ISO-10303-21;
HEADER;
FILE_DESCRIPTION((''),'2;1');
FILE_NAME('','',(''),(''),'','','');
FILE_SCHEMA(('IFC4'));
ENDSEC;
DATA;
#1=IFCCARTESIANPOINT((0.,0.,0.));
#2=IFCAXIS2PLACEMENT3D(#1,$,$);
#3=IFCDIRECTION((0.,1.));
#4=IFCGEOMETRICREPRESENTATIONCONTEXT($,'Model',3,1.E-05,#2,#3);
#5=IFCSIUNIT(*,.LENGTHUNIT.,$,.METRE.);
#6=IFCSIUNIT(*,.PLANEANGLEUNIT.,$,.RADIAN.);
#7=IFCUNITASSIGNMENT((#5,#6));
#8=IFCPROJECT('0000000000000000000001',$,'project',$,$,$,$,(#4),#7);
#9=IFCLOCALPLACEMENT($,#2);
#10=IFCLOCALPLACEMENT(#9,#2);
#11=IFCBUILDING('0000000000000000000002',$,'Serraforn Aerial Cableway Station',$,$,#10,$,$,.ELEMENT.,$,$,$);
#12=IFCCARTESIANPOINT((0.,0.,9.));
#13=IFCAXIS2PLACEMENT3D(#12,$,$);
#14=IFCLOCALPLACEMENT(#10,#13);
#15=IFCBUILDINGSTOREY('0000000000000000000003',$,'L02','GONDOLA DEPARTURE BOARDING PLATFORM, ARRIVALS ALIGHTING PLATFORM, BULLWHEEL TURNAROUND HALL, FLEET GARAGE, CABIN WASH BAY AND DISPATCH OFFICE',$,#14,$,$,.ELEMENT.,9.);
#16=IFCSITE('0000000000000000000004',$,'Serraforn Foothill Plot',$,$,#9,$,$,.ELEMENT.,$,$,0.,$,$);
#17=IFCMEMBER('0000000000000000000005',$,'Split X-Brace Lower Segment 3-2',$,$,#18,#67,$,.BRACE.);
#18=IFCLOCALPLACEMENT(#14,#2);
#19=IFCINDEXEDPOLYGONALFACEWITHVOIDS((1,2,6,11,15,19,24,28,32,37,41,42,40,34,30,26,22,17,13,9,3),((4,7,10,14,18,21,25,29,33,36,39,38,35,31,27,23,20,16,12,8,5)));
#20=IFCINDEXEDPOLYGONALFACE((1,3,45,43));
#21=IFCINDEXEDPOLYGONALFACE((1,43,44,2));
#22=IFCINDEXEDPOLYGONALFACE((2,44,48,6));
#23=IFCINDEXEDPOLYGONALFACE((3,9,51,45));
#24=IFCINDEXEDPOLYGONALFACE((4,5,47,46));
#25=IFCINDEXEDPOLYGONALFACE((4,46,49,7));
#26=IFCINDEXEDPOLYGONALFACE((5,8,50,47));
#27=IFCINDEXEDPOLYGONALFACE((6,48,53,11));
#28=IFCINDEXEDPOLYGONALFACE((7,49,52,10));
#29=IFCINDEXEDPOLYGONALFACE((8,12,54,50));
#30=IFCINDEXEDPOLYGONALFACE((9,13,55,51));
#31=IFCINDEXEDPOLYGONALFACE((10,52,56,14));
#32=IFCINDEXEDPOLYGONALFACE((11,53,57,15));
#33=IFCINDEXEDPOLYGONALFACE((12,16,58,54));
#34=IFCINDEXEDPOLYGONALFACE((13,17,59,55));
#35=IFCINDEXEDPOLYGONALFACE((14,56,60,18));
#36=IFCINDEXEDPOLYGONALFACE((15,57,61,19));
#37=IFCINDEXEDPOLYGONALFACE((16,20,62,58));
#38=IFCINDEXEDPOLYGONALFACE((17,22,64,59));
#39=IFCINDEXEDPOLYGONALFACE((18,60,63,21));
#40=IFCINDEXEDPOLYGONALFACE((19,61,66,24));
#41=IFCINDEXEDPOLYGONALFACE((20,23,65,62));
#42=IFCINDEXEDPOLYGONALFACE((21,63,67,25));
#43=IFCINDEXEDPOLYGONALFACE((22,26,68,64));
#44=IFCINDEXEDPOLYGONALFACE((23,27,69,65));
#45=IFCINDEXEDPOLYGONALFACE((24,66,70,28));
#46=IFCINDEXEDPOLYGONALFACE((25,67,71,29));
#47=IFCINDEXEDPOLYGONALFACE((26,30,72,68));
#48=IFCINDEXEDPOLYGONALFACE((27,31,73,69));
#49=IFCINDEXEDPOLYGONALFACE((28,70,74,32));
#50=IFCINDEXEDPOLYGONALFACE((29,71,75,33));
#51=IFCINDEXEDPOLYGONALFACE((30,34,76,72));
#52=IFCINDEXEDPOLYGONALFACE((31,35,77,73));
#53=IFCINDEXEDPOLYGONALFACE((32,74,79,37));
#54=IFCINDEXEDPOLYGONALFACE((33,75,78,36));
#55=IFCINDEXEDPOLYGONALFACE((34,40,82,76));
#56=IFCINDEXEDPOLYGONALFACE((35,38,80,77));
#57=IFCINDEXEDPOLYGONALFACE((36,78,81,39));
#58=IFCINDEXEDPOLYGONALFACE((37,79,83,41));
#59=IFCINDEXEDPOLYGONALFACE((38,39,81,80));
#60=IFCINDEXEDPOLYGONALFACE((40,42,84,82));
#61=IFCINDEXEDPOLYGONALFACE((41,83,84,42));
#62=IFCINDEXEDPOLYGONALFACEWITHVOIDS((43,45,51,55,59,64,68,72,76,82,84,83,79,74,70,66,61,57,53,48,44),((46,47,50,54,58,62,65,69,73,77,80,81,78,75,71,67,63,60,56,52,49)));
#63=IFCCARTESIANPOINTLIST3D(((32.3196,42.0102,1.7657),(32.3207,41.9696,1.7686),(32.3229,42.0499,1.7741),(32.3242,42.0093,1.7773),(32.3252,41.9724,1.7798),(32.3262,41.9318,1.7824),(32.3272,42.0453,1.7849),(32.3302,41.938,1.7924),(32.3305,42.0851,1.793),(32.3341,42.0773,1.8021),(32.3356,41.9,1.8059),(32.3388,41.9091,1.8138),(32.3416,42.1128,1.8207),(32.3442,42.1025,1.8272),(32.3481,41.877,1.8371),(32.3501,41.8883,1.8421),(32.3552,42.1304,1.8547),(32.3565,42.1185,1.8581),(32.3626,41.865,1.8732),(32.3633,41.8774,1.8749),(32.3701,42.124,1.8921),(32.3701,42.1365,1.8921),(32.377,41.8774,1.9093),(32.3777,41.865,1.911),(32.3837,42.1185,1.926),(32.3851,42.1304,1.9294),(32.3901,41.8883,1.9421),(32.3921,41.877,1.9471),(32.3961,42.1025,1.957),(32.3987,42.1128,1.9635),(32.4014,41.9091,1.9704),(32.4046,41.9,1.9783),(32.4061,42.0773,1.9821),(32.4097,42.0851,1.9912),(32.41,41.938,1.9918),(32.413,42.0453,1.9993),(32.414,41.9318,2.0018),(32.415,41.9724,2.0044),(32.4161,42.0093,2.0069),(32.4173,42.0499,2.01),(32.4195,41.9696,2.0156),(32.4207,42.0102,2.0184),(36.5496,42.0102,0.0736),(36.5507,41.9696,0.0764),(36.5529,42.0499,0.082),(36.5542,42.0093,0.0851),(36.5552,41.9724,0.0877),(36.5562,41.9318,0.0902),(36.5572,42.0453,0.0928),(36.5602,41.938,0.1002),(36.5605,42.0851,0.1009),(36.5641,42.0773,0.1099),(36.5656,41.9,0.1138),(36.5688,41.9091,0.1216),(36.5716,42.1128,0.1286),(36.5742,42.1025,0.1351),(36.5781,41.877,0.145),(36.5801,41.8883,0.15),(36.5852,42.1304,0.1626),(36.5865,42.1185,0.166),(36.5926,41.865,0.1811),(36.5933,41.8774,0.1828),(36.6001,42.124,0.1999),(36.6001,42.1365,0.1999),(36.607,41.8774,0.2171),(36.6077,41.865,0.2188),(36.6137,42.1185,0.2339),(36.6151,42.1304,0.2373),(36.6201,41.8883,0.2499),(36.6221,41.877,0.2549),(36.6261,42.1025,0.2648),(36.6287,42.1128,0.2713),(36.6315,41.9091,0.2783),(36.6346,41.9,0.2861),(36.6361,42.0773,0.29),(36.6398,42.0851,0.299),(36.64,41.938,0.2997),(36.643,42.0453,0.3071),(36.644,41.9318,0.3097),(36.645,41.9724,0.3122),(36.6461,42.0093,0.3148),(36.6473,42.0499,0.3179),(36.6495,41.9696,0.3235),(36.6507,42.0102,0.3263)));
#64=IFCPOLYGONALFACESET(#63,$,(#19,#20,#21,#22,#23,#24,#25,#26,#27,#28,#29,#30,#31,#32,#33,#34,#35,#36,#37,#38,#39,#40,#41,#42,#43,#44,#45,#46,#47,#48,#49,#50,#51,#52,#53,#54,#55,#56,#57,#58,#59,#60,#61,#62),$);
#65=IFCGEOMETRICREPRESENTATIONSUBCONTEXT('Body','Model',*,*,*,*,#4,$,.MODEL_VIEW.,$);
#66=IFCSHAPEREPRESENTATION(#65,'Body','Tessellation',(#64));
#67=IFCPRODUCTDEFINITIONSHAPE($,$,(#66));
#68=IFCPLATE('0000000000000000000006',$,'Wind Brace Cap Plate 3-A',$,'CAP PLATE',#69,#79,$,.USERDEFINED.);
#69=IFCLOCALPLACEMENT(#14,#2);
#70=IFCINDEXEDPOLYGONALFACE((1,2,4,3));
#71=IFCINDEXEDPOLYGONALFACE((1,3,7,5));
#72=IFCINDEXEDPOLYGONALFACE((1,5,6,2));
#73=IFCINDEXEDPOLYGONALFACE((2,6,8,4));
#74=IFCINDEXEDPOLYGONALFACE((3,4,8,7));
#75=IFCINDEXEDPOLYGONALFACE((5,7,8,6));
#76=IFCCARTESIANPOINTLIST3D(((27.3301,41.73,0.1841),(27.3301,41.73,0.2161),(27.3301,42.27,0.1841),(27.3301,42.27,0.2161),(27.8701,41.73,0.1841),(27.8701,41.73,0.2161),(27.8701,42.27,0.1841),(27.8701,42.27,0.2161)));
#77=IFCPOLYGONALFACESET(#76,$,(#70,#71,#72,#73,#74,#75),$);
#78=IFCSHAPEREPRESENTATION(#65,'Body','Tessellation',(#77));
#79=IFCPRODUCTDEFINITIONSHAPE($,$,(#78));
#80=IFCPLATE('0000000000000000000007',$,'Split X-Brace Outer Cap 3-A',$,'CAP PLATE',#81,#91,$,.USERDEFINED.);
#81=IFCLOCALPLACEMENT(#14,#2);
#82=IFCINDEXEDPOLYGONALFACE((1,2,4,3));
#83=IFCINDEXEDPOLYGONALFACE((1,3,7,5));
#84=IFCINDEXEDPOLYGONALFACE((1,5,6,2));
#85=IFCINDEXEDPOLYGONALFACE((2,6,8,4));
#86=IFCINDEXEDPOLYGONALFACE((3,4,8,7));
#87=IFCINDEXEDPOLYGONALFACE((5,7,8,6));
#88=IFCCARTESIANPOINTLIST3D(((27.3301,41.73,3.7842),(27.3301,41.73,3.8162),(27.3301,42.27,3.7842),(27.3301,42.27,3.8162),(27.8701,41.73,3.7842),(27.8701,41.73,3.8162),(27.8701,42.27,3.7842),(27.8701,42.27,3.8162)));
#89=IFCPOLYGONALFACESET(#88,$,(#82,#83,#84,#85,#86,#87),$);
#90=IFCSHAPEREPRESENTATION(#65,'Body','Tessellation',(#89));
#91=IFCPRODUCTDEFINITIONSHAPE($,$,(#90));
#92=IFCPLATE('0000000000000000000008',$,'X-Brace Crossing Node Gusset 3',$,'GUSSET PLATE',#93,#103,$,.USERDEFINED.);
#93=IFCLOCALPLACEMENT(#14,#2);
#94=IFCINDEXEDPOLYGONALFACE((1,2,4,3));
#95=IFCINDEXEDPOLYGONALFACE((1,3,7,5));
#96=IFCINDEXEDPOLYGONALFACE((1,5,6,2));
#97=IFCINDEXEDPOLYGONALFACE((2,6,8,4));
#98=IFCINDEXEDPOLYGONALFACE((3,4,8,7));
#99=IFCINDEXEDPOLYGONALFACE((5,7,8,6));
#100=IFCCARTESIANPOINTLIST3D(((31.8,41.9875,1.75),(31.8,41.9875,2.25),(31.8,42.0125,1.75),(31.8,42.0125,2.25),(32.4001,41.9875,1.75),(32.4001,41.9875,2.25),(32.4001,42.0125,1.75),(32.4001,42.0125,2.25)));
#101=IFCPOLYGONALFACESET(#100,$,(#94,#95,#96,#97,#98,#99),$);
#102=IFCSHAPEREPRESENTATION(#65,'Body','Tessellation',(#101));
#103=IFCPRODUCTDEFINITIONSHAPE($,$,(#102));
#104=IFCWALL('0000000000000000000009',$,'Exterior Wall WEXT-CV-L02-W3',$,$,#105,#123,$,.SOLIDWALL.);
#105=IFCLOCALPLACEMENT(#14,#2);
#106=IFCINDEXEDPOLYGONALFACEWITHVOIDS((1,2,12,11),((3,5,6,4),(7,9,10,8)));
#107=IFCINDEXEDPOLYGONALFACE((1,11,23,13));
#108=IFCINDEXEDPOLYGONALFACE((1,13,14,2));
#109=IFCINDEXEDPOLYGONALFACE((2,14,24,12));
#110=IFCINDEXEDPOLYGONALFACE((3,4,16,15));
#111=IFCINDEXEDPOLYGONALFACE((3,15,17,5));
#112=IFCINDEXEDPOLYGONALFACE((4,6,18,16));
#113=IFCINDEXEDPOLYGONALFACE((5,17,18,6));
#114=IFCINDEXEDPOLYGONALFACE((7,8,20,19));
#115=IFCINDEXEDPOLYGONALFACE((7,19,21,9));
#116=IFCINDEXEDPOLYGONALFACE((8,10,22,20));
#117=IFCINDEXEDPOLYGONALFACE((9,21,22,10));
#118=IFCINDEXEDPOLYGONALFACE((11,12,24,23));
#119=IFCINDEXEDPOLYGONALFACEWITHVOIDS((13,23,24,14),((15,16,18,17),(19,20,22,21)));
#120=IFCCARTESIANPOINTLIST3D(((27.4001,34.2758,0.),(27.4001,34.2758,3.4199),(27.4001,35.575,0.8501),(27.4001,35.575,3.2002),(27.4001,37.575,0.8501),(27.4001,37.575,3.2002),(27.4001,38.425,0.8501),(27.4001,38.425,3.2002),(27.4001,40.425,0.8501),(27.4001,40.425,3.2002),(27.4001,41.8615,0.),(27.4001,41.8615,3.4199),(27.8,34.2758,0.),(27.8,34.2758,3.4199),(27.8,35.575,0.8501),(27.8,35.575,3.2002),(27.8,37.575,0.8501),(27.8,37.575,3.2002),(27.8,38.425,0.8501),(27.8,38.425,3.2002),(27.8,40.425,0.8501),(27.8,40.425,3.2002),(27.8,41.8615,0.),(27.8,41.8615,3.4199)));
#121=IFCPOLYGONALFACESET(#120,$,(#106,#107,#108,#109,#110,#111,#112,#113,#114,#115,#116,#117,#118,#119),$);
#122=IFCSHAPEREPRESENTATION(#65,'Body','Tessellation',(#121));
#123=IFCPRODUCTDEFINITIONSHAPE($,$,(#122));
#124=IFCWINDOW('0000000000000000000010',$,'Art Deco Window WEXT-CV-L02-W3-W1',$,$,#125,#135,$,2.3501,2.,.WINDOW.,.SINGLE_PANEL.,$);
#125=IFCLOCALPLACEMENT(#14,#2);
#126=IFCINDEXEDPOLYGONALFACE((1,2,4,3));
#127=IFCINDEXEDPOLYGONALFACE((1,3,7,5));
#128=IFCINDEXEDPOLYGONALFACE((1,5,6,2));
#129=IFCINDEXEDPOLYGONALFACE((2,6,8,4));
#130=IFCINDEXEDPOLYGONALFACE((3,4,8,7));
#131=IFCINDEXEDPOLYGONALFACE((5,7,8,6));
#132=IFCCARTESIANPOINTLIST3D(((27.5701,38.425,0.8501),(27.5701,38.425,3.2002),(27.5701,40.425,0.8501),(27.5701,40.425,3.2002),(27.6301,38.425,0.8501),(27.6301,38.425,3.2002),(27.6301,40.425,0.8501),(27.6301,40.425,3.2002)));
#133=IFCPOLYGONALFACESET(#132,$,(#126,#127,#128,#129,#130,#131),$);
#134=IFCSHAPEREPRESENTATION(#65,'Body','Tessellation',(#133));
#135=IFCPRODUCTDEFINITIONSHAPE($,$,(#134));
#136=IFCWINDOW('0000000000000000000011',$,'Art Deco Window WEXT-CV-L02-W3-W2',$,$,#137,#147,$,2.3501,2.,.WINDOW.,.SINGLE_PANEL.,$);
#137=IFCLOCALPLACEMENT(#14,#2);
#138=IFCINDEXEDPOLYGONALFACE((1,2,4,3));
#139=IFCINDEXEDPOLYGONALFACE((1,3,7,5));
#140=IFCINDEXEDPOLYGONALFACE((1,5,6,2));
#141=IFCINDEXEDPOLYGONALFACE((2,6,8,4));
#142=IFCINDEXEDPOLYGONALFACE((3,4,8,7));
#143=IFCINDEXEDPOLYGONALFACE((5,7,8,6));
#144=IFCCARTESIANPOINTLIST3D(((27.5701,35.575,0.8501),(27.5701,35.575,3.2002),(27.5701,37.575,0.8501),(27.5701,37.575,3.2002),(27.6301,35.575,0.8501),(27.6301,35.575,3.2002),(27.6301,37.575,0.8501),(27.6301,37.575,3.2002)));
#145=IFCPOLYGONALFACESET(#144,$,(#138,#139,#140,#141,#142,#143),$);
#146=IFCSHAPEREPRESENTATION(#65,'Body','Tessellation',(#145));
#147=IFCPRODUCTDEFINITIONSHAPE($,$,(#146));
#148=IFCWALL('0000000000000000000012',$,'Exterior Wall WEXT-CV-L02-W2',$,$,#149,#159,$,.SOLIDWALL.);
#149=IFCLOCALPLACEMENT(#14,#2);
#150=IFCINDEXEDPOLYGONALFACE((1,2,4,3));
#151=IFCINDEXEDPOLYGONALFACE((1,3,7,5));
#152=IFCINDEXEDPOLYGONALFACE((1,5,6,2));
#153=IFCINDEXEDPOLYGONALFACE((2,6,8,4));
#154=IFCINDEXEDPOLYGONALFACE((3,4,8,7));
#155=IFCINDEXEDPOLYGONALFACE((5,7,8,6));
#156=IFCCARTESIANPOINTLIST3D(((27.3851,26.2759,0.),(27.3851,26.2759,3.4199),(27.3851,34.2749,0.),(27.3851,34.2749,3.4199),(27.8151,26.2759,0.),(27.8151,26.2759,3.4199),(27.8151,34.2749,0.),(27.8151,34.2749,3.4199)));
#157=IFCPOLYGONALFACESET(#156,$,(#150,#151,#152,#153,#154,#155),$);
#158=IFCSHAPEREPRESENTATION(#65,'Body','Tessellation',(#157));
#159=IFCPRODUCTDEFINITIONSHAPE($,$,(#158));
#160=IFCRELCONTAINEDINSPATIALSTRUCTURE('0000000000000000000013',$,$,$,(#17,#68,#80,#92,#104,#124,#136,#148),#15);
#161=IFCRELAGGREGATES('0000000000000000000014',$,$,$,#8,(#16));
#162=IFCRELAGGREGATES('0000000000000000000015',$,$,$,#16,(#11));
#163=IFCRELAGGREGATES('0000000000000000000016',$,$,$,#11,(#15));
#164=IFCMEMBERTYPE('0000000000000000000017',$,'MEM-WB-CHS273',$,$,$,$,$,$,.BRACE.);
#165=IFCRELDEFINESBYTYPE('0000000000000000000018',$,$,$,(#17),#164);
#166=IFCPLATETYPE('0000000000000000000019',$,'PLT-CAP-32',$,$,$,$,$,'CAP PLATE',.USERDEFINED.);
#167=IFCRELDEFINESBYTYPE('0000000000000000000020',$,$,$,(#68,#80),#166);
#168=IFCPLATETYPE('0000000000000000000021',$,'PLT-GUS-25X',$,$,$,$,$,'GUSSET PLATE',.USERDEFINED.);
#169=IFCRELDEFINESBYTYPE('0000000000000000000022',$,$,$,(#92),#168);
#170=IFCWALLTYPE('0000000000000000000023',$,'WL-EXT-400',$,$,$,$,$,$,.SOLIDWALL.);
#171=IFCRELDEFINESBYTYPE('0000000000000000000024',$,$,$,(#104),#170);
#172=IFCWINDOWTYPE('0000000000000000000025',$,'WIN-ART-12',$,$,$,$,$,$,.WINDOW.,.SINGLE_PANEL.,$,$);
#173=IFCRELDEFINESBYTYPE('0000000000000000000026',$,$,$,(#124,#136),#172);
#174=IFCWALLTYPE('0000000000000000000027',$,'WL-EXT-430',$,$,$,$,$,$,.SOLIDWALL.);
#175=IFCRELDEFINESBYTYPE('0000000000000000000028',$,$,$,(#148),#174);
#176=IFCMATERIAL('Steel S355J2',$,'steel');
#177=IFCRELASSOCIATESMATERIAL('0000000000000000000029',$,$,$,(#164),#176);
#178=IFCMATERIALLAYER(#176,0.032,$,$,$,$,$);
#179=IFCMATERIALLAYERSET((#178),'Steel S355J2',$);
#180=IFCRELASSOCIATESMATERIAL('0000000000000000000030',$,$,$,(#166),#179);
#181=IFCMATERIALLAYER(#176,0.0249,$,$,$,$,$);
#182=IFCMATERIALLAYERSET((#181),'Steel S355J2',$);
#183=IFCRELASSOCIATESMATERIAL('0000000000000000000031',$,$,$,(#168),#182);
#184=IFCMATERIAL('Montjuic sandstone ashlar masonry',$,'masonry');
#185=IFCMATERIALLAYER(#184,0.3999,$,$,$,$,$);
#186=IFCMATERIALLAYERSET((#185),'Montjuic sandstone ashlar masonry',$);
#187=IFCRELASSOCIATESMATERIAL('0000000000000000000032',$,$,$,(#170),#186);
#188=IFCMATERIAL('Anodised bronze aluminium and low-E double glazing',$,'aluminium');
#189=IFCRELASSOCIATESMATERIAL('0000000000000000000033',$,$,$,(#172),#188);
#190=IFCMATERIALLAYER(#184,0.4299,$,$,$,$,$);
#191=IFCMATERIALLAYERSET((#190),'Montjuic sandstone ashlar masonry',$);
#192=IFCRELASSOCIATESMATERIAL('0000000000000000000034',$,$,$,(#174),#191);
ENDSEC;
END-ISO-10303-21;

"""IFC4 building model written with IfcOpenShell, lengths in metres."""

from ifc_helpers import new_model, si_unit, direction, frame, frame_2d, origin, origin_2d, place, context, subcontext, project, spatial, rectangle, hollow_circle, extrude, material, layer, layer_set, material_profile, profile_set, type_object, element, fill, save


model = new_model("IFC4")

# Units and contexts
model_context = context("Model", 3, precision=1e-05, world=origin(), true_north=direction((0.0, 1.0)))
body_context = subcontext(model_context, "Body", "Model", "MODEL_VIEW")
ifc_project = project(units=[si_unit("LENGTHUNIT", "METRE"), si_unit("PLANEANGLEUNIT", "RADIAN")], contexts=[model_context])

# Site, building, storey
site_placement = place(None, origin())
site = spatial("IfcSite", under=ifc_project, at=site_placement, Name="Serraforn Foothill Plot", CompositionType="ELEMENT", RefElevation=0.0)
building_placement = place(site_placement, origin())
building = spatial("IfcBuilding", under=site, at=building_placement, Name="Serraforn Aerial Cableway Station", CompositionType="ELEMENT")
storey_placement = place(building_placement, frame((0.0, 0.0, 9.0)))
storey = spatial("IfcBuildingStorey", under=building, at=storey_placement, Name="L02", Description="GONDOLA DEPARTURE BOARDING PLATFORM, ARRIVALS ALIGHTING PLATFORM, BULLWHEEL TURNAROUND HALL, FLEET GARAGE, CABIN WASH BAY AND DISPATCH OFFICE", CompositionType="ELEMENT", Elevation=9.0)

# Shared definitions
ifc_material_1 = material(Name="Steel S355J2", Category="steel")

# Member
ifc_material_profile_1 = material_profile(ifc_material_1, hollow_circle(Radius=0.1365, WallThickness=0.0125, at=origin_2d()), Name="CHS 273.0x12.5")
ifc_profile_set_1 = profile_set([ifc_material_profile_1], Name="Steel S355J2")
member_type = type_object("IfcMemberType", Name="MEM-WB-CHS273", PredefinedType="BRACE", material=ifc_profile_set_1)
for number, where, z_axis, x_axis, name in (
    (1, (32.3701, 42.0, 1.8921), (0.928466, 0.0, -0.371418), (0.0, 1.0, 0.0), "Split X-Brace Lower Segment 3-2"),
):
    element("IfcMember", number, at=place(storey_placement, frame(where, z_axis=z_axis, x_axis=x_axis)), inside=storey, type_object=member_type, Name=name, PredefinedType="BRACE", context=body_context, shape_type="SweptSolid", body=[
        extrude(hollow_circle(Radius=0.1365, WallThickness=0.0125, at=origin_2d()), origin(), (0.0, 0.0, 1.0), 4.5559),
    ])

# Plates
ifc_layer_1 = layer(ifc_material_1, 0.032)
ifc_layer_set_1 = layer_set([ifc_layer_1], Name="Steel S355J2")
plate_type_1 = type_object("IfcPlateType", Name="PLT-CAP-32", ElementType="CAP PLATE", PredefinedType="USERDEFINED", material=ifc_layer_set_1)
for number, where, z_axis, x_axis, name in (
    (2, (27.6001, 42.0, 0.1841), (0.0, 0.0, 1.0), (1.0, 0.0, 0.0), "Wind Brace Cap Plate 3-A"),
    (3, (27.6001, 42.0, 3.7842), (0.0, 0.0, 1.0), (1.0, 0.0, 0.0), "Split X-Brace Outer Cap 3-A"),
):
    element("IfcPlate", number, at=place(storey_placement, frame(where, z_axis=z_axis, x_axis=x_axis)), inside=storey, type_object=plate_type_1, Name=name, ObjectType="CAP PLATE", PredefinedType="USERDEFINED", context=body_context, shape_type="SweptSolid", body=[
        extrude(rectangle(XDim=0.54, YDim=0.54, at=origin_2d()), origin(), (0.0, 0.0, 1.0), 0.032),
    ])
ifc_layer_2 = layer(ifc_material_1, 0.0249)
ifc_layer_set_2 = layer_set([ifc_layer_2], Name="Steel S355J2")
plate_type_2 = type_object("IfcPlateType", Name="PLT-GUS-25X", ElementType="GUSSET PLATE", PredefinedType="USERDEFINED", material=ifc_layer_set_2)
plate_placement = place(storey_placement, frame((32.1001, 42.0, 1.75), z_axis=(0.0, 0.0, 1.0), x_axis=(1.0, 0.0, 0.0)))
element("IfcPlate", 4, at=plate_placement, inside=storey, type_object=plate_type_2, Name="X-Brace Crossing Node Gusset 3", ObjectType="GUSSET PLATE", PredefinedType="USERDEFINED", context=body_context, shape_type="SweptSolid", body=[
    extrude(rectangle(XDim=0.6001, YDim=0.0249, at=origin_2d()), origin(), (0.0, 0.0, 1.0), 0.5),
])

# Wall, openings, windows
ifc_material_2 = material(Name="Montjuic sandstone ashlar masonry", Category="masonry")
ifc_layer_3 = layer(ifc_material_2, 0.3999)
ifc_layer_set_3 = layer_set([ifc_layer_3], Name="Montjuic sandstone ashlar masonry")
wall_type_1 = type_object("IfcWallType", Name="WL-EXT-400", PredefinedType="SOLIDWALL", material=ifc_layer_set_3)
wall_1_placement = place(storey_placement, frame((27.6001, 41.8616, 0.0), z_axis=(0.0, 0.0, 1.0), x_axis=(0.0, -1.0, 0.0)))
wall_1 = element("IfcWall", 5, at=wall_1_placement, inside=storey, type_object=wall_type_1, Name="Exterior Wall WEXT-CV-L02-W3", PredefinedType="SOLIDWALL", context=body_context, shape_type="SweptSolid", body=[
    extrude(rectangle(XDim=7.5857, YDim=0.3999, at=frame_2d((3.793, 0.0))), origin(), (0.0, 0.0, 1.0), 3.4199),
])
opening_1_placement = place(wall_1_placement, frame((1.4365, 0.0, 0.8501)))
opening_1 = element("IfcOpeningElement", 6, at=opening_1_placement, cuts=wall_1, PredefinedType="OPENING", context=body_context, shape_type="SweptSolid", body=[
    extrude(rectangle(XDim=2.0, YDim=2.3501, at=frame_2d((1.0, 1.175))), frame((0.0, 0.21, 0.0), z_axis=(0.0, -1.0, 0.0), x_axis=(1.0, 0.0, 0.0)), (0.0, 0.0, 1.0), 0.4199),
])
opening_2_placement = place(wall_1_placement, frame((4.2866, 0.0, 0.8501)))
opening_2 = element("IfcOpeningElement", 7, at=opening_2_placement, cuts=wall_1, PredefinedType="OPENING", context=body_context, shape_type="SweptSolid", body=[
    extrude(rectangle(XDim=2.0, YDim=2.3501, at=frame_2d((1.0, 1.175))), frame((0.0, 0.21, 0.0), z_axis=(0.0, -1.0, 0.0), x_axis=(1.0, 0.0, 0.0)), (0.0, 0.0, 1.0), 0.4199),
])
ifc_material_3 = material(Name="Anodised bronze aluminium and low-E double glazing", Category="aluminium")
window_type = type_object("IfcWindowType", Name="WIN-ART-12", PartitioningType="SINGLE_PANEL", PredefinedType="WINDOW", material=ifc_material_3)
window_1_placement = place(opening_1_placement, origin())
window_1 = element("IfcWindow", 8, at=window_1_placement, inside=storey, type_object=window_type, Name="Art Deco Window WEXT-CV-L02-W3-W1", OverallHeight=2.3501, OverallWidth=2.0, PartitioningType="SINGLE_PANEL", PredefinedType="WINDOW", context=body_context, shape_type="SweptSolid", body=[
    extrude(rectangle(XDim=2.0, YDim=2.3501, at=frame_2d((1.0, 1.175))), frame((0.0, 0.03, 0.0), z_axis=(0.0, -1.0, 0.0), x_axis=(1.0, 0.0, 0.0)), (0.0, 0.0, 1.0), 0.0601),
])
fill(opening_1, window_1)
window_2_placement = place(opening_2_placement, origin())
window_2 = element("IfcWindow", 9, at=window_2_placement, inside=storey, type_object=window_type, Name="Art Deco Window WEXT-CV-L02-W3-W2", OverallHeight=2.3501, OverallWidth=2.0, PartitioningType="SINGLE_PANEL", PredefinedType="WINDOW", context=body_context, shape_type="SweptSolid", body=[
    extrude(rectangle(XDim=2.0, YDim=2.3501, at=frame_2d((1.0, 1.175))), frame((0.0, 0.03, 0.0), z_axis=(0.0, -1.0, 0.0), x_axis=(1.0, 0.0, 0.0)), (0.0, 0.0, 1.0), 0.0601),
])
fill(opening_2, window_2)

# Wall
ifc_layer_4 = layer(ifc_material_2, 0.4299)
ifc_layer_set_4 = layer_set([ifc_layer_4], Name="Montjuic sandstone ashlar masonry")
wall_type_2 = type_object("IfcWallType", Name="WL-EXT-430", PredefinedType="SOLIDWALL", material=ifc_layer_set_4)
wall_2_placement = place(storey_placement, frame((27.6001, 34.2749, 0.0), z_axis=(0.0, 0.0, 1.0), x_axis=(0.0, -1.0, 0.0)))
element("IfcWall", 10, at=wall_2_placement, inside=storey, type_object=wall_type_2, Name="Exterior Wall WEXT-CV-L02-W2", PredefinedType="SOLIDWALL", context=body_context, shape_type="SweptSolid", body=[
    extrude(rectangle(XDim=7.999, YDim=0.4299, at=frame_2d((3.9995, 0.0))), origin(), (0.0, 0.0, 1.0), 3.4199),
])

save(model, "model.ifc")
